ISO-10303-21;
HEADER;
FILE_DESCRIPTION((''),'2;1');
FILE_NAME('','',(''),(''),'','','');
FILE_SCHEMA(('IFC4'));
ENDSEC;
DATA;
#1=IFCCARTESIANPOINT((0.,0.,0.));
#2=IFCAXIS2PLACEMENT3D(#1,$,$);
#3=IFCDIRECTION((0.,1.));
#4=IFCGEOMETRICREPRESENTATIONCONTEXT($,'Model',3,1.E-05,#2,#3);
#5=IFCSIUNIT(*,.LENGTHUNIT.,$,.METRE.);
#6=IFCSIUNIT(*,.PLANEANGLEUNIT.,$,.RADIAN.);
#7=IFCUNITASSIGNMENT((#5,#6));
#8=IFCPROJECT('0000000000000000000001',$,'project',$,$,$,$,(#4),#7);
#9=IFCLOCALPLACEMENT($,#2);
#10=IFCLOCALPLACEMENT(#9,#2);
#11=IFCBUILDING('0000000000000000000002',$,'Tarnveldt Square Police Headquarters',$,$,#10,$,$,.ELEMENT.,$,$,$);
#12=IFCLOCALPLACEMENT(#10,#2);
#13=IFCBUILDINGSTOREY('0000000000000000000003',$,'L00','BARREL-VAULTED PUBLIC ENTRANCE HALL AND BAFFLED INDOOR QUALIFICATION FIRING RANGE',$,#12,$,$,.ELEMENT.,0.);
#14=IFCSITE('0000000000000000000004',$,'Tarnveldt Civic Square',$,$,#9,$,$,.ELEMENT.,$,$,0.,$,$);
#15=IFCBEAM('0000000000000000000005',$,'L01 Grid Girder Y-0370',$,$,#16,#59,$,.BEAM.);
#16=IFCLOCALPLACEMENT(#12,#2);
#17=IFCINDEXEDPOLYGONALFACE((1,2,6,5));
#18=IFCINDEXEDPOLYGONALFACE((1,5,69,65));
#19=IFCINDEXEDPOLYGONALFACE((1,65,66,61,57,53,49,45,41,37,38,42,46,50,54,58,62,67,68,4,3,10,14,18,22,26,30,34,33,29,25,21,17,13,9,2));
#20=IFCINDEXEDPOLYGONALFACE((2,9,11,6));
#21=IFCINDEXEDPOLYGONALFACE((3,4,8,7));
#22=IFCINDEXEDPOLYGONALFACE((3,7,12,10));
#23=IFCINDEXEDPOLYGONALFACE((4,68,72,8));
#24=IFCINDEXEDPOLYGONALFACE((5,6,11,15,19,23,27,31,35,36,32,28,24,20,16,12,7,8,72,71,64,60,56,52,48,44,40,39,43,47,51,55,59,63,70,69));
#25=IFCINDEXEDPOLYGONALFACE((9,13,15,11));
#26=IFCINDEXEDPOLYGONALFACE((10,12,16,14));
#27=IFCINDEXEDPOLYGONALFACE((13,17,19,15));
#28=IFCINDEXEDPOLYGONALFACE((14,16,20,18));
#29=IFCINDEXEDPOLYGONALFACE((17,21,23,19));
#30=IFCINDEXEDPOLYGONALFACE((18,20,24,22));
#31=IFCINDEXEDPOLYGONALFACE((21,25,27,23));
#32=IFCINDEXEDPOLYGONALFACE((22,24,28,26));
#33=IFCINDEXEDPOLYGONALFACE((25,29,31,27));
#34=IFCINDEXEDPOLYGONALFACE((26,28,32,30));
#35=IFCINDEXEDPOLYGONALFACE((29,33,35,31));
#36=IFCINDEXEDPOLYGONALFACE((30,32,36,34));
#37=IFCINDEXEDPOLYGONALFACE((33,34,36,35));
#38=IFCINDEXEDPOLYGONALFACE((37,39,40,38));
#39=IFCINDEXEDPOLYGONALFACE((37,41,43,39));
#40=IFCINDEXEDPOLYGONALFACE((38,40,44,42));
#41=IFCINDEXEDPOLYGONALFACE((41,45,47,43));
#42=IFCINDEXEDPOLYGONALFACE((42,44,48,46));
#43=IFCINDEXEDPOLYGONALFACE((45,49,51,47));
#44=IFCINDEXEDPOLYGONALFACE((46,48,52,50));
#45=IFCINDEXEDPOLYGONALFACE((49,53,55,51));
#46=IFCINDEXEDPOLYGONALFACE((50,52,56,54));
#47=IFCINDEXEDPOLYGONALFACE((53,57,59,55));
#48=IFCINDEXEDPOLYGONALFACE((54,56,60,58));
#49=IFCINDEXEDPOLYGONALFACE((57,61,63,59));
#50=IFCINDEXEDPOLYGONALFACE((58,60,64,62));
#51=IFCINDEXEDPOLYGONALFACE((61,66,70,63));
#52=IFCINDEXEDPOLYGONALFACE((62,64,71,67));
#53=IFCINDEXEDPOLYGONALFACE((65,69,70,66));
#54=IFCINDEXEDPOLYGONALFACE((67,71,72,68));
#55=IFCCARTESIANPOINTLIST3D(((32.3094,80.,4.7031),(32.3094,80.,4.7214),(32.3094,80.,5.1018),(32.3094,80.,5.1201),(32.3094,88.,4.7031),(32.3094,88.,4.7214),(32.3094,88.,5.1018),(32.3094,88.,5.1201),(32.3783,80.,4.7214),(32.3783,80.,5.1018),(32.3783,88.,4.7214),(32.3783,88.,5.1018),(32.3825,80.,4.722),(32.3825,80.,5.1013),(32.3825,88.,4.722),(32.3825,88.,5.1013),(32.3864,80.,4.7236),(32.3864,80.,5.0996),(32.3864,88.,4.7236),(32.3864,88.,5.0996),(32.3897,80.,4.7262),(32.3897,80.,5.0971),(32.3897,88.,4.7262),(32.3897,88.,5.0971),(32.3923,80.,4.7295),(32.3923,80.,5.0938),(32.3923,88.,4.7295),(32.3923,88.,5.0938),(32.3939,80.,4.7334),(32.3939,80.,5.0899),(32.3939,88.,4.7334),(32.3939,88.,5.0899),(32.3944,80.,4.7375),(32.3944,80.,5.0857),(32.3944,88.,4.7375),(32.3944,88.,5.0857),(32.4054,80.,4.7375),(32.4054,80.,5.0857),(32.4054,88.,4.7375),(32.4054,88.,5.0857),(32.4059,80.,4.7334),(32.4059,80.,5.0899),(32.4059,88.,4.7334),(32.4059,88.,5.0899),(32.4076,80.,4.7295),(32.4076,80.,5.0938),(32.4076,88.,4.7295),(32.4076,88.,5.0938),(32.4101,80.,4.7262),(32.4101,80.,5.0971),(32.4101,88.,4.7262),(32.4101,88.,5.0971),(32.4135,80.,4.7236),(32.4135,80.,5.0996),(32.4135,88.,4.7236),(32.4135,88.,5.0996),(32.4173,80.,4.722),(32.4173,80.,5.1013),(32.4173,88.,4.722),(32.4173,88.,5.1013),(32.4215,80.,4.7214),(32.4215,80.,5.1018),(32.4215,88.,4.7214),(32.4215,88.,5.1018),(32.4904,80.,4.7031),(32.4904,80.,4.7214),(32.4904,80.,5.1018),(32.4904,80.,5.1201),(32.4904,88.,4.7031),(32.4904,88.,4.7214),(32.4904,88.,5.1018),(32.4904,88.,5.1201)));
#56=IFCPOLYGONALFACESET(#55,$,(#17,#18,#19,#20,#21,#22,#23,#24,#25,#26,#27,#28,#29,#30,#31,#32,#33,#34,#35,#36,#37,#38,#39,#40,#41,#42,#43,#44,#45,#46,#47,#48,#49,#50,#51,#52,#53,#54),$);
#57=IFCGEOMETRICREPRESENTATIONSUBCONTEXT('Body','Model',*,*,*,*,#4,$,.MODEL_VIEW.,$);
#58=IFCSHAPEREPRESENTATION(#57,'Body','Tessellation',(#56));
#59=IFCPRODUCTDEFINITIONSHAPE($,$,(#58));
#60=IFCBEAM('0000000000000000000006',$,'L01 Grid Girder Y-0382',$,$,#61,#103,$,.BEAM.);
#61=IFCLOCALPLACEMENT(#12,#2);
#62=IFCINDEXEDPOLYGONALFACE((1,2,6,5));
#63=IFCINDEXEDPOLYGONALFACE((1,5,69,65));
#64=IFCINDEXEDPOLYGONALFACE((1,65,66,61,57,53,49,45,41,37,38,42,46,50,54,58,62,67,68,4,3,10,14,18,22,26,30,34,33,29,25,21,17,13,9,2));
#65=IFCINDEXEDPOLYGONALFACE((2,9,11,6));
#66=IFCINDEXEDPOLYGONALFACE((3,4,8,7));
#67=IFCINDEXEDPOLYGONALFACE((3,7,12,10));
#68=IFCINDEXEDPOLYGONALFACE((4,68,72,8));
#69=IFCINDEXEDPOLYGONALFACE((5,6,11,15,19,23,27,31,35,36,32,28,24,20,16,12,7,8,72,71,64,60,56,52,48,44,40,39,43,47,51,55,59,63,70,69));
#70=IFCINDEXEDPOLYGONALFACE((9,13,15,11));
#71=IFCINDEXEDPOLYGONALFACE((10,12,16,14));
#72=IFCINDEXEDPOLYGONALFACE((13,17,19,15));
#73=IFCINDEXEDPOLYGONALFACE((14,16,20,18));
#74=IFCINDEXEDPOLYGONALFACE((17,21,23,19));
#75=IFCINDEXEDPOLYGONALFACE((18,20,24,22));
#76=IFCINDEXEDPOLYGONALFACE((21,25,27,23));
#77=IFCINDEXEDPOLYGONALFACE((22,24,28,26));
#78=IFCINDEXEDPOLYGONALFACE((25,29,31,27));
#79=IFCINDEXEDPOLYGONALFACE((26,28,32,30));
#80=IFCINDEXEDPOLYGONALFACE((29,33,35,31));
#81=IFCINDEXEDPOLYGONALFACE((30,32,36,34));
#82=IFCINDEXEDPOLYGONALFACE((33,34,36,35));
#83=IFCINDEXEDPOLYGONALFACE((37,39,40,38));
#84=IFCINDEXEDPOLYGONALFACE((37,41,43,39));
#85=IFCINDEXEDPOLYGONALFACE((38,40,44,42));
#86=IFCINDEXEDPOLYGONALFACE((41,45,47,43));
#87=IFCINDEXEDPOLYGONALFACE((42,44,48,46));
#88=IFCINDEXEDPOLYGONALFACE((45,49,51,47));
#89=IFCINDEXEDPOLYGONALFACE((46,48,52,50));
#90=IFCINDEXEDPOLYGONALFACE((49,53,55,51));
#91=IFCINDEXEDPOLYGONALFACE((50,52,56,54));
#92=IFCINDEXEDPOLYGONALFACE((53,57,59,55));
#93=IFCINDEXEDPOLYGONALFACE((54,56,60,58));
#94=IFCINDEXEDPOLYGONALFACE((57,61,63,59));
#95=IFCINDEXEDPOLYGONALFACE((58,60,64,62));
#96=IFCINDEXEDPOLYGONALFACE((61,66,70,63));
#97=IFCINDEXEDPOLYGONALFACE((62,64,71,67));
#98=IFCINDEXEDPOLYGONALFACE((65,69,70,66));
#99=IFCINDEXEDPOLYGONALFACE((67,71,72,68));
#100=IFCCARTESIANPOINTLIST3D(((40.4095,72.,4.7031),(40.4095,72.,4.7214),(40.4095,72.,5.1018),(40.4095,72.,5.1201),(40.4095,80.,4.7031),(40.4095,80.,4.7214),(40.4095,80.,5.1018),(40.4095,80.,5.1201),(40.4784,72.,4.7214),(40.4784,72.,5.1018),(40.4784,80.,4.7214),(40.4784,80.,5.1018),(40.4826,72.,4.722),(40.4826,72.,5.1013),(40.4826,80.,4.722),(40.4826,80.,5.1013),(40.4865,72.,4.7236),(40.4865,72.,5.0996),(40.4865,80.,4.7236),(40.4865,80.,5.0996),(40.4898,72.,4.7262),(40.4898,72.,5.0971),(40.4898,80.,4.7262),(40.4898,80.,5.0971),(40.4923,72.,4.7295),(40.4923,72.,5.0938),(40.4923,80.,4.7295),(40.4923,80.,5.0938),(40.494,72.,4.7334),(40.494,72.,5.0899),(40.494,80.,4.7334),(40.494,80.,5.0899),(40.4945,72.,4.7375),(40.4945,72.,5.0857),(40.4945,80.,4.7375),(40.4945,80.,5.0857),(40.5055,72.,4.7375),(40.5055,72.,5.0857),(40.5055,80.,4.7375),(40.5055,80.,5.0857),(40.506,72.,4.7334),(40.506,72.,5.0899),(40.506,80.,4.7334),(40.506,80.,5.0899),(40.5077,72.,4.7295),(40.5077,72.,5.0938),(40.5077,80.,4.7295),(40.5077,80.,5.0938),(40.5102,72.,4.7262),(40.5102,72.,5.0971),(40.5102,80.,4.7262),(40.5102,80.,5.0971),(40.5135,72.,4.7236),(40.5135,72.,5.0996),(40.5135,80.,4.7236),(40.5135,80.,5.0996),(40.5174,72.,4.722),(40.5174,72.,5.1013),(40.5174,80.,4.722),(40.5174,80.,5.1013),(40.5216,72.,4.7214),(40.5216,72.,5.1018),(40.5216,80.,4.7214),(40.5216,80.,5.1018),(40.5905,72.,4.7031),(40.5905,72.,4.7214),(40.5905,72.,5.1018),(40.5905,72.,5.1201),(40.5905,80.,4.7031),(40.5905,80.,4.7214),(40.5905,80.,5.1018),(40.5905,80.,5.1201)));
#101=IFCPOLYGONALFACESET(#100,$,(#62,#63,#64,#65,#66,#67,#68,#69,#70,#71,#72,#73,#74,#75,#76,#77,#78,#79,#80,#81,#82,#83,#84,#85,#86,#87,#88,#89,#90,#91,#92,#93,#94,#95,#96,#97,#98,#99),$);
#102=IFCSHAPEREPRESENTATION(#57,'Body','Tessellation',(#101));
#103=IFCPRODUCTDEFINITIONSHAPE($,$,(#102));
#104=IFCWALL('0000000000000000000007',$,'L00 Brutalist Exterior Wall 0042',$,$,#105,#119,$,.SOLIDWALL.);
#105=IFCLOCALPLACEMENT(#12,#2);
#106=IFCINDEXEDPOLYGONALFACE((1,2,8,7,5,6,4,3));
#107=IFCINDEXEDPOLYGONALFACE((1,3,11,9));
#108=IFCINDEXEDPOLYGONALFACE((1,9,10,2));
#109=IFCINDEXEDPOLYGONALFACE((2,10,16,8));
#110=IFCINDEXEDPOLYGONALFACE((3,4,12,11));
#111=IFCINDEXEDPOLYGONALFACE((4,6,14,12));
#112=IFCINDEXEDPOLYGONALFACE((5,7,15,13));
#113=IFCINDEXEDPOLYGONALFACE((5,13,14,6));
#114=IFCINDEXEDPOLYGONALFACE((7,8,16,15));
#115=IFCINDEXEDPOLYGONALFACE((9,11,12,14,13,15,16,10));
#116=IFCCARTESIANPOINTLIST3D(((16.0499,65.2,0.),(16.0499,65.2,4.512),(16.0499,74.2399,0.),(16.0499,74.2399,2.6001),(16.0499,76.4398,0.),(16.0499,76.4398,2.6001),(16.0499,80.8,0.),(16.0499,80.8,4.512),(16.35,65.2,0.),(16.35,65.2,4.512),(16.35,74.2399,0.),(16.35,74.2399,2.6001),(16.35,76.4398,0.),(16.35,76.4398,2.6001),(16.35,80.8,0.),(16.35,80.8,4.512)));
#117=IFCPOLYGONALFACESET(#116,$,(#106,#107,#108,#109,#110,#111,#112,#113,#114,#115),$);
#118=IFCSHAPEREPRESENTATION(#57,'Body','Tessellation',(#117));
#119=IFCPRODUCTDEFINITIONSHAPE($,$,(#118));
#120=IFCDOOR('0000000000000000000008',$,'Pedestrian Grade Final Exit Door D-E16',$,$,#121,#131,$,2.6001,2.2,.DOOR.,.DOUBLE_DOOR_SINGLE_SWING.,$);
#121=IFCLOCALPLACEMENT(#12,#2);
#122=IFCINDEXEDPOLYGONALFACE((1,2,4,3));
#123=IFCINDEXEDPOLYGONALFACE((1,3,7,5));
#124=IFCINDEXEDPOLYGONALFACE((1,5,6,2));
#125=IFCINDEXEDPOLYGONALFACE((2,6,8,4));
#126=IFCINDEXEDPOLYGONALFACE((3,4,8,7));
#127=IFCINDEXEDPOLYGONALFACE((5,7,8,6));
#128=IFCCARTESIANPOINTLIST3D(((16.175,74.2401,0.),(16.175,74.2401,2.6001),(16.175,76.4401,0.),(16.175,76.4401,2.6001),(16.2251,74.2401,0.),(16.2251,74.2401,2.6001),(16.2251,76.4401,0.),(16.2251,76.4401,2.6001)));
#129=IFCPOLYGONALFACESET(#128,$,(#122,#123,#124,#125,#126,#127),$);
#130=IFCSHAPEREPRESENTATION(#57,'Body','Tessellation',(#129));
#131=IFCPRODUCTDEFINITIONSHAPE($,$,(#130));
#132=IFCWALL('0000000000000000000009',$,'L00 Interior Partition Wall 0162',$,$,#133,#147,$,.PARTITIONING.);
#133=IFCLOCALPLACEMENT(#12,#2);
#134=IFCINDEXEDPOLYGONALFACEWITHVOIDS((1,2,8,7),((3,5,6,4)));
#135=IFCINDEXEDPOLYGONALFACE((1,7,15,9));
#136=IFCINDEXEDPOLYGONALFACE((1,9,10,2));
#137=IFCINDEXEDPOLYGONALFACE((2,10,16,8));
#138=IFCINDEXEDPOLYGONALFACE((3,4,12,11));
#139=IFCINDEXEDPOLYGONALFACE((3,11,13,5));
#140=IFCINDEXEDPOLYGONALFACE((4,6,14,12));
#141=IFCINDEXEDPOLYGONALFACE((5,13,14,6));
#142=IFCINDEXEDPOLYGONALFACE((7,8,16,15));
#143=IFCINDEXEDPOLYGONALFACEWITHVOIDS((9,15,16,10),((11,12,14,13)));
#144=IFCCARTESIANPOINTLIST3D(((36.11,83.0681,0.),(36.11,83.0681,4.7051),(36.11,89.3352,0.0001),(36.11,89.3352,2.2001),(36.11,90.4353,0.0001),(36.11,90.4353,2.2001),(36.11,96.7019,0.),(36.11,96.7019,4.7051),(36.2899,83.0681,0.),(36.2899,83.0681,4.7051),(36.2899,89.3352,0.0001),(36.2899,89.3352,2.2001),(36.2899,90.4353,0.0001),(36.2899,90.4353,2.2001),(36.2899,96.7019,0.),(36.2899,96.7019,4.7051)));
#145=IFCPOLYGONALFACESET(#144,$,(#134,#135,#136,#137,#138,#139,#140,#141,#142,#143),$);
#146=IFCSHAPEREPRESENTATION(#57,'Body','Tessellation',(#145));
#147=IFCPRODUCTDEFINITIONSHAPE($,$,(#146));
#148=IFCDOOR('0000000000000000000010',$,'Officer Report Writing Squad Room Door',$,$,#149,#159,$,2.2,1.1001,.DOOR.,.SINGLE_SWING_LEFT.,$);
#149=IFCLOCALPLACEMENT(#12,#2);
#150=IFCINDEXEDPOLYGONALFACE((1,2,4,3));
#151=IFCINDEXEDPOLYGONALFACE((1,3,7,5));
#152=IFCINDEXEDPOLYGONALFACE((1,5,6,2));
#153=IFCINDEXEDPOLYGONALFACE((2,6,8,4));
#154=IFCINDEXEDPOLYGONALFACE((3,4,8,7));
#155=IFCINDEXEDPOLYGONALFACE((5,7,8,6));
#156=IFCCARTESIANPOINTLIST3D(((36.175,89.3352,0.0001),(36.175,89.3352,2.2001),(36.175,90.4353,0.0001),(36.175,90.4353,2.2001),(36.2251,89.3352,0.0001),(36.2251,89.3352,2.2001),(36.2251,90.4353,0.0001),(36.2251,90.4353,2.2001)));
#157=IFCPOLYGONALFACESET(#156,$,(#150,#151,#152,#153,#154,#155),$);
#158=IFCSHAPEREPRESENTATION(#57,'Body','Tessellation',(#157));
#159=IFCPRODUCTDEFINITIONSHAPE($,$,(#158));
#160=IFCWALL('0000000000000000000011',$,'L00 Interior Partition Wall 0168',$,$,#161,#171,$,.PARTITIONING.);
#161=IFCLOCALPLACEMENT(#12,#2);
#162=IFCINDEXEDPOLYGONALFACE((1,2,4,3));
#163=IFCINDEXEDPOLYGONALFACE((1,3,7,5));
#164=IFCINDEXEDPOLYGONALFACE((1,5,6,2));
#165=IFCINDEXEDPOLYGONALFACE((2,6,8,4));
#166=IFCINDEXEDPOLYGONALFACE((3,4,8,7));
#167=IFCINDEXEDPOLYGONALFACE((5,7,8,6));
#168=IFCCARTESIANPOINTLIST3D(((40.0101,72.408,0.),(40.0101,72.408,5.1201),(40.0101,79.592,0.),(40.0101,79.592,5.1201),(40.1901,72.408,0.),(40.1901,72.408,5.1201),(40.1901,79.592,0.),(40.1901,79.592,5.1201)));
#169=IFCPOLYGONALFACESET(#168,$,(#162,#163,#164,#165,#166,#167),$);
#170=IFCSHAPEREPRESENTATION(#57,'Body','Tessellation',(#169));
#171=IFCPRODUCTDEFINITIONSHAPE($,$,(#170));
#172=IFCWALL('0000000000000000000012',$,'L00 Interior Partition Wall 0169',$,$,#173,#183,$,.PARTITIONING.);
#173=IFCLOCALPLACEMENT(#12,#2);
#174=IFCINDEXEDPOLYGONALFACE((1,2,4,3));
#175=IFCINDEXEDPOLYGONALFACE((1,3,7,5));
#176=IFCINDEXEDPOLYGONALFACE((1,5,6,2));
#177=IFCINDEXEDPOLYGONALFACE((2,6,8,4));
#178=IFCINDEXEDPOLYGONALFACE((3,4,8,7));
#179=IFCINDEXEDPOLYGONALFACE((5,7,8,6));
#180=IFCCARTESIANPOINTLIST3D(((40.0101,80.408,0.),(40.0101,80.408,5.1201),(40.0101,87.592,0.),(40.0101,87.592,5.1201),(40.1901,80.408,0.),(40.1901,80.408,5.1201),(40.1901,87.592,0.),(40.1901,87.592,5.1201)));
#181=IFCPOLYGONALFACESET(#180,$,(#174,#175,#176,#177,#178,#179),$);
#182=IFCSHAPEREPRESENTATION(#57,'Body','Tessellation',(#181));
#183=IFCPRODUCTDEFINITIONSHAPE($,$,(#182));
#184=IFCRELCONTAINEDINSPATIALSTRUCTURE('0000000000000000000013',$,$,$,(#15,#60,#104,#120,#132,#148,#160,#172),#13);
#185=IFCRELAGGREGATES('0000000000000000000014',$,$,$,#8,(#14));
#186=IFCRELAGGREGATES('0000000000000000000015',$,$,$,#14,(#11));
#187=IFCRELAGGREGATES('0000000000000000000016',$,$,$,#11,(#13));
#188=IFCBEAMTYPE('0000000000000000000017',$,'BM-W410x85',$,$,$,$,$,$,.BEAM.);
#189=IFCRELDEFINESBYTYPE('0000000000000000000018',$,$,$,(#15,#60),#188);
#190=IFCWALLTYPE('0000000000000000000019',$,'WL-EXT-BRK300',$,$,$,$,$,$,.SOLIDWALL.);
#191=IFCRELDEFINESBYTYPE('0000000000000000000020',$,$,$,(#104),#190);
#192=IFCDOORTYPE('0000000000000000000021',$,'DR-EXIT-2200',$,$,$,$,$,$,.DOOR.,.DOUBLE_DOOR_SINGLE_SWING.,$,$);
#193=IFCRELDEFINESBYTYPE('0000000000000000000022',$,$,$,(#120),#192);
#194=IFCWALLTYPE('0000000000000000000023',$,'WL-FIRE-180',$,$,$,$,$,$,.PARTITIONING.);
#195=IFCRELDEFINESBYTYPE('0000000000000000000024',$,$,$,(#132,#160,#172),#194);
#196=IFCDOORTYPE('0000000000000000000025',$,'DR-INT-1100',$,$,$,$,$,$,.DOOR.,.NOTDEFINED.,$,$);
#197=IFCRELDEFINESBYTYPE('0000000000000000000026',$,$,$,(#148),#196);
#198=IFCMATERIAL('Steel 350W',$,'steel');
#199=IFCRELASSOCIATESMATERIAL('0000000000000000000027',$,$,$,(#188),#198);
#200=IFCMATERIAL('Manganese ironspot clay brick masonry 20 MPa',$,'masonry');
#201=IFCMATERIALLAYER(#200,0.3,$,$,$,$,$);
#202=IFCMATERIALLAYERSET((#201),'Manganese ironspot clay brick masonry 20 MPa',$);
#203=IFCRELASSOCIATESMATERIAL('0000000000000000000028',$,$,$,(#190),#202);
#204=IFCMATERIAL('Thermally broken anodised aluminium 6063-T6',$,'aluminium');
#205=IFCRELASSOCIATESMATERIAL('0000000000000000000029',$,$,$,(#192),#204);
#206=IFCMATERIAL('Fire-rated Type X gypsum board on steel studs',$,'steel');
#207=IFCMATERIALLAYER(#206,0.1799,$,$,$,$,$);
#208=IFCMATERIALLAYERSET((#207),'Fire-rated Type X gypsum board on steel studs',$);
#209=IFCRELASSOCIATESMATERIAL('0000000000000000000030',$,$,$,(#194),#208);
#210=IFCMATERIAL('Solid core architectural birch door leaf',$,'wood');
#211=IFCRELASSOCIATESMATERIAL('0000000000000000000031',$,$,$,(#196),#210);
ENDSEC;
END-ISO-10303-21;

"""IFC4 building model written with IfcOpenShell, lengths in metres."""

from ifc_helpers import new_model, si_unit, direction, frame, frame_2d, origin, origin_2d, place, context, subcontext, project, spatial, rectangle, i_section, extrude, material, layer, layer_set, material_profile, profile_set, type_object, element, fill, save


model = new_model("IFC4")

# Units and contexts
model_context = context("Model", 3, precision=1e-05, world=origin(), true_north=direction((0.0, 1.0)))
body_context = subcontext(model_context, "Body", "Model", "MODEL_VIEW")
ifc_project = project(units=[si_unit("LENGTHUNIT", "METRE"), si_unit("PLANEANGLEUNIT", "RADIAN")], contexts=[model_context])

# Site, building, storey
site_placement = place(None, origin())
site = spatial("IfcSite", under=ifc_project, at=site_placement, Name="Tarnveldt Civic Square", CompositionType="ELEMENT", RefElevation=0.0)
building_placement = place(site_placement, origin())
building = spatial("IfcBuilding", under=site, at=building_placement, Name="Tarnveldt Square Police Headquarters", CompositionType="ELEMENT")
storey_placement = place(building_placement, origin())
storey = spatial("IfcBuildingStorey", under=building, at=storey_placement, Name="L00", Description="BARREL-VAULTED PUBLIC ENTRANCE HALL AND BAFFLED INDOOR QUALIFICATION FIRING RANGE", CompositionType="ELEMENT", Elevation=0.0)

# Beams
ifc_material_1 = material(Name="Steel 350W", Category="steel")
ifc_material_profile_1 = material_profile(ifc_material_1, i_section(OverallWidth=0.1809, OverallDepth=0.417, WebThickness=0.011, FlangeThickness=0.0183, FilletRadius=0.0161, at=origin_2d()), Name="W410x85")
ifc_profile_set_1 = profile_set([ifc_material_profile_1], Name="Steel 350W")
beam_type_1 = type_object("IfcBeamType", Name="BM-W410x85", PredefinedType="BEAM", material=ifc_profile_set_1)
for number, where, z_axis, x_axis, name in (
    (1, (32.3999, 80.0, 4.9116), (0.0, 1.0, 0.0), (-1.0, 0.0, 0.0), "L01 Grid Girder Y-0370"),
    (2, (40.5, 72.0, 4.9116), (0.0, 1.0, 0.0), (-1.0, 0.0, 0.0), "L01 Grid Girder Y-0382"),
):
    element("IfcBeam", number, at=place(storey_placement, frame(where, z_axis=z_axis, x_axis=x_axis)), inside=storey, type_object=beam_type_1, Name=name, PredefinedType="BEAM", context=body_context, shape_type="SweptSolid", body=[
        extrude(i_section(OverallWidth=0.1809, OverallDepth=0.417, WebThickness=0.011, FlangeThickness=0.0183, FilletRadius=0.0161, at=origin_2d()), origin(), (0.0, 0.0, 1.0), 8.0),
    ])

# Walls, openings, doors
ifc_material_2 = material(Name="Manganese ironspot clay brick masonry 20 MPa", Category="masonry")
ifc_layer_1 = layer(ifc_material_2, 0.3)
ifc_layer_set_1 = layer_set([ifc_layer_1], Name="Manganese ironspot clay brick masonry 20 MPa")
wall_type_1 = type_object("IfcWallType", Name="WL-EXT-BRK300", PredefinedType="SOLIDWALL", material=ifc_layer_set_1)
wall_1_placement = place(storey_placement, frame((16.2, 80.8, 0.0), z_axis=(0.0, 0.0, 1.0), x_axis=(0.0, -1.0, 0.0)))
wall_1 = element("IfcWall", 3, at=wall_1_placement, inside=storey, type_object=wall_type_1, Name="L00 Brutalist Exterior Wall 0042", PredefinedType="SOLIDWALL", context=body_context, shape_type="SweptSolid", body=[
    extrude(rectangle(XDim=15.6001, YDim=0.3, at=frame_2d((7.8, 0.0))), origin(), (0.0, 0.0, 1.0), 4.512),
])
opening_1_placement = place(wall_1_placement, frame((4.3601, 0.0, 0.0)))
opening_1 = element("IfcOpeningElement", 4, at=opening_1_placement, cuts=wall_1, PredefinedType="OPENING", context=body_context, shape_type="SweptSolid", body=[
    extrude(rectangle(XDim=2.2, YDim=2.6001, at=frame_2d((1.1001, 1.3))), frame((0.0, 0.1599, 0.0), z_axis=(0.0, -1.0, 0.0), x_axis=(1.0, 0.0, 0.0)), (0.0, 0.0, 1.0), 0.3201),
])
ifc_material_3 = material(Name="Thermally broken anodised aluminium 6063-T6", Category="aluminium")
door_type_1 = type_object("IfcDoorType", Name="DR-EXIT-2200", OperationType="DOUBLE_DOOR_SINGLE_SWING", PredefinedType="DOOR", material=ifc_material_3)
door_1_placement = place(opening_1_placement, frame((2.2, 0.0, 0.0), z_axis=(0.0, 0.0, 1.0), x_axis=(-1.0, 0.0, 0.0)))
door_1 = element("IfcDoor", 5, at=door_1_placement, inside=storey, type_object=door_type_1, Name="Pedestrian Grade Final Exit Door D-E16", OperationType="DOUBLE_DOOR_SINGLE_SWING", OverallHeight=2.6001, OverallWidth=2.2, PredefinedType="DOOR", context=body_context, shape_type="SweptSolid", body=[
    extrude(rectangle(XDim=2.2, YDim=2.6001, at=frame_2d((1.1001, 1.3))), frame((0.0, 0.0249, 0.0), z_axis=(0.0, -1.0, 0.0), x_axis=(1.0, 0.0, 0.0)), (0.0, 0.0, 1.0), 0.05),
])
fill(opening_1, door_1)
ifc_material_4 = material(Name="Fire-rated Type X gypsum board on steel studs", Category="steel")
ifc_layer_2 = layer(ifc_material_4, 0.1799)
ifc_layer_set_2 = layer_set([ifc_layer_2], Name="Fire-rated Type X gypsum board on steel studs")
wall_type_2 = type_object("IfcWallType", Name="WL-FIRE-180", PredefinedType="PARTITIONING", material=ifc_layer_set_2)
wall_2_placement = place(storey_placement, frame((36.2, 83.0681, 0.0), z_axis=(0.0, 0.0, 1.0), x_axis=(0.0, 1.0, 0.0)))
wall_2 = element("IfcWall", 6, at=wall_2_placement, inside=storey, type_object=wall_type_2, Name="L00 Interior Partition Wall 0162", PredefinedType="PARTITIONING", context=body_context, shape_type="SweptSolid", body=[
    extrude(rectangle(XDim=13.6338, YDim=0.1799, at=frame_2d((6.8169, 0.0))), origin(), (0.0, 0.0, 1.0), 4.7051),
])
opening_2_placement = place(wall_2_placement, frame((6.2671, 0.0, 0.0)))
opening_2 = element("IfcOpeningElement", 7, at=opening_2_placement, cuts=wall_2, PredefinedType="OPENING", context=body_context, shape_type="SweptSolid", body=[
    extrude(rectangle(XDim=1.1001, YDim=2.2, at=frame_2d((0.55, 1.1001))), frame((0.0, 0.0999, 0.0), z_axis=(0.0, -1.0, 0.0), x_axis=(1.0, 0.0, 0.0)), (0.0, 0.0, 1.0), 0.2),
])
ifc_material_5 = material(Name="Solid core architectural birch door leaf", Category="wood")
door_type_2 = type_object("IfcDoorType", Name="DR-INT-1100", OperationType="NOTDEFINED", PredefinedType="DOOR", material=ifc_material_5)
door_2_placement = place(opening_2_placement, origin())
door_2 = element("IfcDoor", 8, at=door_2_placement, inside=storey, type_object=door_type_2, Name="Officer Report Writing Squad Room Door", OperationType="SINGLE_SWING_LEFT", OverallHeight=2.2, OverallWidth=1.1001, PredefinedType="DOOR", context=body_context, shape_type="SweptSolid", body=[
    extrude(rectangle(XDim=1.1001, YDim=2.2, at=frame_2d((0.55, 1.1001))), frame((0.0, 0.0249, 0.0), z_axis=(0.0, -1.0, 0.0), x_axis=(1.0, 0.0, 0.0)), (0.0, 0.0, 1.0), 0.05),
])
fill(opening_2, door_2)

# Walls
for number, where, z_axis, x_axis, name in (
    (9, (40.1001, 72.408, 0.0), (0.0, 0.0, 1.0), (0.0, 1.0, 0.0), "L00 Interior Partition Wall 0168"),
    (10, (40.1001, 80.408, 0.0), (0.0, 0.0, 1.0), (0.0, 1.0, 0.0), "L00 Interior Partition Wall 0169"),
):
    element("IfcWall", number, at=place(storey_placement, frame(where, z_axis=z_axis, x_axis=x_axis)), inside=storey, type_object=wall_type_2, Name=name, PredefinedType="PARTITIONING", context=body_context, shape_type="SweptSolid", body=[
        extrude(rectangle(XDim=7.1841, YDim=0.1799, at=frame_2d((3.592, 0.0))), origin(), (0.0, 0.0, 1.0), 5.1201),
    ])

save(model, "model.ifc")
